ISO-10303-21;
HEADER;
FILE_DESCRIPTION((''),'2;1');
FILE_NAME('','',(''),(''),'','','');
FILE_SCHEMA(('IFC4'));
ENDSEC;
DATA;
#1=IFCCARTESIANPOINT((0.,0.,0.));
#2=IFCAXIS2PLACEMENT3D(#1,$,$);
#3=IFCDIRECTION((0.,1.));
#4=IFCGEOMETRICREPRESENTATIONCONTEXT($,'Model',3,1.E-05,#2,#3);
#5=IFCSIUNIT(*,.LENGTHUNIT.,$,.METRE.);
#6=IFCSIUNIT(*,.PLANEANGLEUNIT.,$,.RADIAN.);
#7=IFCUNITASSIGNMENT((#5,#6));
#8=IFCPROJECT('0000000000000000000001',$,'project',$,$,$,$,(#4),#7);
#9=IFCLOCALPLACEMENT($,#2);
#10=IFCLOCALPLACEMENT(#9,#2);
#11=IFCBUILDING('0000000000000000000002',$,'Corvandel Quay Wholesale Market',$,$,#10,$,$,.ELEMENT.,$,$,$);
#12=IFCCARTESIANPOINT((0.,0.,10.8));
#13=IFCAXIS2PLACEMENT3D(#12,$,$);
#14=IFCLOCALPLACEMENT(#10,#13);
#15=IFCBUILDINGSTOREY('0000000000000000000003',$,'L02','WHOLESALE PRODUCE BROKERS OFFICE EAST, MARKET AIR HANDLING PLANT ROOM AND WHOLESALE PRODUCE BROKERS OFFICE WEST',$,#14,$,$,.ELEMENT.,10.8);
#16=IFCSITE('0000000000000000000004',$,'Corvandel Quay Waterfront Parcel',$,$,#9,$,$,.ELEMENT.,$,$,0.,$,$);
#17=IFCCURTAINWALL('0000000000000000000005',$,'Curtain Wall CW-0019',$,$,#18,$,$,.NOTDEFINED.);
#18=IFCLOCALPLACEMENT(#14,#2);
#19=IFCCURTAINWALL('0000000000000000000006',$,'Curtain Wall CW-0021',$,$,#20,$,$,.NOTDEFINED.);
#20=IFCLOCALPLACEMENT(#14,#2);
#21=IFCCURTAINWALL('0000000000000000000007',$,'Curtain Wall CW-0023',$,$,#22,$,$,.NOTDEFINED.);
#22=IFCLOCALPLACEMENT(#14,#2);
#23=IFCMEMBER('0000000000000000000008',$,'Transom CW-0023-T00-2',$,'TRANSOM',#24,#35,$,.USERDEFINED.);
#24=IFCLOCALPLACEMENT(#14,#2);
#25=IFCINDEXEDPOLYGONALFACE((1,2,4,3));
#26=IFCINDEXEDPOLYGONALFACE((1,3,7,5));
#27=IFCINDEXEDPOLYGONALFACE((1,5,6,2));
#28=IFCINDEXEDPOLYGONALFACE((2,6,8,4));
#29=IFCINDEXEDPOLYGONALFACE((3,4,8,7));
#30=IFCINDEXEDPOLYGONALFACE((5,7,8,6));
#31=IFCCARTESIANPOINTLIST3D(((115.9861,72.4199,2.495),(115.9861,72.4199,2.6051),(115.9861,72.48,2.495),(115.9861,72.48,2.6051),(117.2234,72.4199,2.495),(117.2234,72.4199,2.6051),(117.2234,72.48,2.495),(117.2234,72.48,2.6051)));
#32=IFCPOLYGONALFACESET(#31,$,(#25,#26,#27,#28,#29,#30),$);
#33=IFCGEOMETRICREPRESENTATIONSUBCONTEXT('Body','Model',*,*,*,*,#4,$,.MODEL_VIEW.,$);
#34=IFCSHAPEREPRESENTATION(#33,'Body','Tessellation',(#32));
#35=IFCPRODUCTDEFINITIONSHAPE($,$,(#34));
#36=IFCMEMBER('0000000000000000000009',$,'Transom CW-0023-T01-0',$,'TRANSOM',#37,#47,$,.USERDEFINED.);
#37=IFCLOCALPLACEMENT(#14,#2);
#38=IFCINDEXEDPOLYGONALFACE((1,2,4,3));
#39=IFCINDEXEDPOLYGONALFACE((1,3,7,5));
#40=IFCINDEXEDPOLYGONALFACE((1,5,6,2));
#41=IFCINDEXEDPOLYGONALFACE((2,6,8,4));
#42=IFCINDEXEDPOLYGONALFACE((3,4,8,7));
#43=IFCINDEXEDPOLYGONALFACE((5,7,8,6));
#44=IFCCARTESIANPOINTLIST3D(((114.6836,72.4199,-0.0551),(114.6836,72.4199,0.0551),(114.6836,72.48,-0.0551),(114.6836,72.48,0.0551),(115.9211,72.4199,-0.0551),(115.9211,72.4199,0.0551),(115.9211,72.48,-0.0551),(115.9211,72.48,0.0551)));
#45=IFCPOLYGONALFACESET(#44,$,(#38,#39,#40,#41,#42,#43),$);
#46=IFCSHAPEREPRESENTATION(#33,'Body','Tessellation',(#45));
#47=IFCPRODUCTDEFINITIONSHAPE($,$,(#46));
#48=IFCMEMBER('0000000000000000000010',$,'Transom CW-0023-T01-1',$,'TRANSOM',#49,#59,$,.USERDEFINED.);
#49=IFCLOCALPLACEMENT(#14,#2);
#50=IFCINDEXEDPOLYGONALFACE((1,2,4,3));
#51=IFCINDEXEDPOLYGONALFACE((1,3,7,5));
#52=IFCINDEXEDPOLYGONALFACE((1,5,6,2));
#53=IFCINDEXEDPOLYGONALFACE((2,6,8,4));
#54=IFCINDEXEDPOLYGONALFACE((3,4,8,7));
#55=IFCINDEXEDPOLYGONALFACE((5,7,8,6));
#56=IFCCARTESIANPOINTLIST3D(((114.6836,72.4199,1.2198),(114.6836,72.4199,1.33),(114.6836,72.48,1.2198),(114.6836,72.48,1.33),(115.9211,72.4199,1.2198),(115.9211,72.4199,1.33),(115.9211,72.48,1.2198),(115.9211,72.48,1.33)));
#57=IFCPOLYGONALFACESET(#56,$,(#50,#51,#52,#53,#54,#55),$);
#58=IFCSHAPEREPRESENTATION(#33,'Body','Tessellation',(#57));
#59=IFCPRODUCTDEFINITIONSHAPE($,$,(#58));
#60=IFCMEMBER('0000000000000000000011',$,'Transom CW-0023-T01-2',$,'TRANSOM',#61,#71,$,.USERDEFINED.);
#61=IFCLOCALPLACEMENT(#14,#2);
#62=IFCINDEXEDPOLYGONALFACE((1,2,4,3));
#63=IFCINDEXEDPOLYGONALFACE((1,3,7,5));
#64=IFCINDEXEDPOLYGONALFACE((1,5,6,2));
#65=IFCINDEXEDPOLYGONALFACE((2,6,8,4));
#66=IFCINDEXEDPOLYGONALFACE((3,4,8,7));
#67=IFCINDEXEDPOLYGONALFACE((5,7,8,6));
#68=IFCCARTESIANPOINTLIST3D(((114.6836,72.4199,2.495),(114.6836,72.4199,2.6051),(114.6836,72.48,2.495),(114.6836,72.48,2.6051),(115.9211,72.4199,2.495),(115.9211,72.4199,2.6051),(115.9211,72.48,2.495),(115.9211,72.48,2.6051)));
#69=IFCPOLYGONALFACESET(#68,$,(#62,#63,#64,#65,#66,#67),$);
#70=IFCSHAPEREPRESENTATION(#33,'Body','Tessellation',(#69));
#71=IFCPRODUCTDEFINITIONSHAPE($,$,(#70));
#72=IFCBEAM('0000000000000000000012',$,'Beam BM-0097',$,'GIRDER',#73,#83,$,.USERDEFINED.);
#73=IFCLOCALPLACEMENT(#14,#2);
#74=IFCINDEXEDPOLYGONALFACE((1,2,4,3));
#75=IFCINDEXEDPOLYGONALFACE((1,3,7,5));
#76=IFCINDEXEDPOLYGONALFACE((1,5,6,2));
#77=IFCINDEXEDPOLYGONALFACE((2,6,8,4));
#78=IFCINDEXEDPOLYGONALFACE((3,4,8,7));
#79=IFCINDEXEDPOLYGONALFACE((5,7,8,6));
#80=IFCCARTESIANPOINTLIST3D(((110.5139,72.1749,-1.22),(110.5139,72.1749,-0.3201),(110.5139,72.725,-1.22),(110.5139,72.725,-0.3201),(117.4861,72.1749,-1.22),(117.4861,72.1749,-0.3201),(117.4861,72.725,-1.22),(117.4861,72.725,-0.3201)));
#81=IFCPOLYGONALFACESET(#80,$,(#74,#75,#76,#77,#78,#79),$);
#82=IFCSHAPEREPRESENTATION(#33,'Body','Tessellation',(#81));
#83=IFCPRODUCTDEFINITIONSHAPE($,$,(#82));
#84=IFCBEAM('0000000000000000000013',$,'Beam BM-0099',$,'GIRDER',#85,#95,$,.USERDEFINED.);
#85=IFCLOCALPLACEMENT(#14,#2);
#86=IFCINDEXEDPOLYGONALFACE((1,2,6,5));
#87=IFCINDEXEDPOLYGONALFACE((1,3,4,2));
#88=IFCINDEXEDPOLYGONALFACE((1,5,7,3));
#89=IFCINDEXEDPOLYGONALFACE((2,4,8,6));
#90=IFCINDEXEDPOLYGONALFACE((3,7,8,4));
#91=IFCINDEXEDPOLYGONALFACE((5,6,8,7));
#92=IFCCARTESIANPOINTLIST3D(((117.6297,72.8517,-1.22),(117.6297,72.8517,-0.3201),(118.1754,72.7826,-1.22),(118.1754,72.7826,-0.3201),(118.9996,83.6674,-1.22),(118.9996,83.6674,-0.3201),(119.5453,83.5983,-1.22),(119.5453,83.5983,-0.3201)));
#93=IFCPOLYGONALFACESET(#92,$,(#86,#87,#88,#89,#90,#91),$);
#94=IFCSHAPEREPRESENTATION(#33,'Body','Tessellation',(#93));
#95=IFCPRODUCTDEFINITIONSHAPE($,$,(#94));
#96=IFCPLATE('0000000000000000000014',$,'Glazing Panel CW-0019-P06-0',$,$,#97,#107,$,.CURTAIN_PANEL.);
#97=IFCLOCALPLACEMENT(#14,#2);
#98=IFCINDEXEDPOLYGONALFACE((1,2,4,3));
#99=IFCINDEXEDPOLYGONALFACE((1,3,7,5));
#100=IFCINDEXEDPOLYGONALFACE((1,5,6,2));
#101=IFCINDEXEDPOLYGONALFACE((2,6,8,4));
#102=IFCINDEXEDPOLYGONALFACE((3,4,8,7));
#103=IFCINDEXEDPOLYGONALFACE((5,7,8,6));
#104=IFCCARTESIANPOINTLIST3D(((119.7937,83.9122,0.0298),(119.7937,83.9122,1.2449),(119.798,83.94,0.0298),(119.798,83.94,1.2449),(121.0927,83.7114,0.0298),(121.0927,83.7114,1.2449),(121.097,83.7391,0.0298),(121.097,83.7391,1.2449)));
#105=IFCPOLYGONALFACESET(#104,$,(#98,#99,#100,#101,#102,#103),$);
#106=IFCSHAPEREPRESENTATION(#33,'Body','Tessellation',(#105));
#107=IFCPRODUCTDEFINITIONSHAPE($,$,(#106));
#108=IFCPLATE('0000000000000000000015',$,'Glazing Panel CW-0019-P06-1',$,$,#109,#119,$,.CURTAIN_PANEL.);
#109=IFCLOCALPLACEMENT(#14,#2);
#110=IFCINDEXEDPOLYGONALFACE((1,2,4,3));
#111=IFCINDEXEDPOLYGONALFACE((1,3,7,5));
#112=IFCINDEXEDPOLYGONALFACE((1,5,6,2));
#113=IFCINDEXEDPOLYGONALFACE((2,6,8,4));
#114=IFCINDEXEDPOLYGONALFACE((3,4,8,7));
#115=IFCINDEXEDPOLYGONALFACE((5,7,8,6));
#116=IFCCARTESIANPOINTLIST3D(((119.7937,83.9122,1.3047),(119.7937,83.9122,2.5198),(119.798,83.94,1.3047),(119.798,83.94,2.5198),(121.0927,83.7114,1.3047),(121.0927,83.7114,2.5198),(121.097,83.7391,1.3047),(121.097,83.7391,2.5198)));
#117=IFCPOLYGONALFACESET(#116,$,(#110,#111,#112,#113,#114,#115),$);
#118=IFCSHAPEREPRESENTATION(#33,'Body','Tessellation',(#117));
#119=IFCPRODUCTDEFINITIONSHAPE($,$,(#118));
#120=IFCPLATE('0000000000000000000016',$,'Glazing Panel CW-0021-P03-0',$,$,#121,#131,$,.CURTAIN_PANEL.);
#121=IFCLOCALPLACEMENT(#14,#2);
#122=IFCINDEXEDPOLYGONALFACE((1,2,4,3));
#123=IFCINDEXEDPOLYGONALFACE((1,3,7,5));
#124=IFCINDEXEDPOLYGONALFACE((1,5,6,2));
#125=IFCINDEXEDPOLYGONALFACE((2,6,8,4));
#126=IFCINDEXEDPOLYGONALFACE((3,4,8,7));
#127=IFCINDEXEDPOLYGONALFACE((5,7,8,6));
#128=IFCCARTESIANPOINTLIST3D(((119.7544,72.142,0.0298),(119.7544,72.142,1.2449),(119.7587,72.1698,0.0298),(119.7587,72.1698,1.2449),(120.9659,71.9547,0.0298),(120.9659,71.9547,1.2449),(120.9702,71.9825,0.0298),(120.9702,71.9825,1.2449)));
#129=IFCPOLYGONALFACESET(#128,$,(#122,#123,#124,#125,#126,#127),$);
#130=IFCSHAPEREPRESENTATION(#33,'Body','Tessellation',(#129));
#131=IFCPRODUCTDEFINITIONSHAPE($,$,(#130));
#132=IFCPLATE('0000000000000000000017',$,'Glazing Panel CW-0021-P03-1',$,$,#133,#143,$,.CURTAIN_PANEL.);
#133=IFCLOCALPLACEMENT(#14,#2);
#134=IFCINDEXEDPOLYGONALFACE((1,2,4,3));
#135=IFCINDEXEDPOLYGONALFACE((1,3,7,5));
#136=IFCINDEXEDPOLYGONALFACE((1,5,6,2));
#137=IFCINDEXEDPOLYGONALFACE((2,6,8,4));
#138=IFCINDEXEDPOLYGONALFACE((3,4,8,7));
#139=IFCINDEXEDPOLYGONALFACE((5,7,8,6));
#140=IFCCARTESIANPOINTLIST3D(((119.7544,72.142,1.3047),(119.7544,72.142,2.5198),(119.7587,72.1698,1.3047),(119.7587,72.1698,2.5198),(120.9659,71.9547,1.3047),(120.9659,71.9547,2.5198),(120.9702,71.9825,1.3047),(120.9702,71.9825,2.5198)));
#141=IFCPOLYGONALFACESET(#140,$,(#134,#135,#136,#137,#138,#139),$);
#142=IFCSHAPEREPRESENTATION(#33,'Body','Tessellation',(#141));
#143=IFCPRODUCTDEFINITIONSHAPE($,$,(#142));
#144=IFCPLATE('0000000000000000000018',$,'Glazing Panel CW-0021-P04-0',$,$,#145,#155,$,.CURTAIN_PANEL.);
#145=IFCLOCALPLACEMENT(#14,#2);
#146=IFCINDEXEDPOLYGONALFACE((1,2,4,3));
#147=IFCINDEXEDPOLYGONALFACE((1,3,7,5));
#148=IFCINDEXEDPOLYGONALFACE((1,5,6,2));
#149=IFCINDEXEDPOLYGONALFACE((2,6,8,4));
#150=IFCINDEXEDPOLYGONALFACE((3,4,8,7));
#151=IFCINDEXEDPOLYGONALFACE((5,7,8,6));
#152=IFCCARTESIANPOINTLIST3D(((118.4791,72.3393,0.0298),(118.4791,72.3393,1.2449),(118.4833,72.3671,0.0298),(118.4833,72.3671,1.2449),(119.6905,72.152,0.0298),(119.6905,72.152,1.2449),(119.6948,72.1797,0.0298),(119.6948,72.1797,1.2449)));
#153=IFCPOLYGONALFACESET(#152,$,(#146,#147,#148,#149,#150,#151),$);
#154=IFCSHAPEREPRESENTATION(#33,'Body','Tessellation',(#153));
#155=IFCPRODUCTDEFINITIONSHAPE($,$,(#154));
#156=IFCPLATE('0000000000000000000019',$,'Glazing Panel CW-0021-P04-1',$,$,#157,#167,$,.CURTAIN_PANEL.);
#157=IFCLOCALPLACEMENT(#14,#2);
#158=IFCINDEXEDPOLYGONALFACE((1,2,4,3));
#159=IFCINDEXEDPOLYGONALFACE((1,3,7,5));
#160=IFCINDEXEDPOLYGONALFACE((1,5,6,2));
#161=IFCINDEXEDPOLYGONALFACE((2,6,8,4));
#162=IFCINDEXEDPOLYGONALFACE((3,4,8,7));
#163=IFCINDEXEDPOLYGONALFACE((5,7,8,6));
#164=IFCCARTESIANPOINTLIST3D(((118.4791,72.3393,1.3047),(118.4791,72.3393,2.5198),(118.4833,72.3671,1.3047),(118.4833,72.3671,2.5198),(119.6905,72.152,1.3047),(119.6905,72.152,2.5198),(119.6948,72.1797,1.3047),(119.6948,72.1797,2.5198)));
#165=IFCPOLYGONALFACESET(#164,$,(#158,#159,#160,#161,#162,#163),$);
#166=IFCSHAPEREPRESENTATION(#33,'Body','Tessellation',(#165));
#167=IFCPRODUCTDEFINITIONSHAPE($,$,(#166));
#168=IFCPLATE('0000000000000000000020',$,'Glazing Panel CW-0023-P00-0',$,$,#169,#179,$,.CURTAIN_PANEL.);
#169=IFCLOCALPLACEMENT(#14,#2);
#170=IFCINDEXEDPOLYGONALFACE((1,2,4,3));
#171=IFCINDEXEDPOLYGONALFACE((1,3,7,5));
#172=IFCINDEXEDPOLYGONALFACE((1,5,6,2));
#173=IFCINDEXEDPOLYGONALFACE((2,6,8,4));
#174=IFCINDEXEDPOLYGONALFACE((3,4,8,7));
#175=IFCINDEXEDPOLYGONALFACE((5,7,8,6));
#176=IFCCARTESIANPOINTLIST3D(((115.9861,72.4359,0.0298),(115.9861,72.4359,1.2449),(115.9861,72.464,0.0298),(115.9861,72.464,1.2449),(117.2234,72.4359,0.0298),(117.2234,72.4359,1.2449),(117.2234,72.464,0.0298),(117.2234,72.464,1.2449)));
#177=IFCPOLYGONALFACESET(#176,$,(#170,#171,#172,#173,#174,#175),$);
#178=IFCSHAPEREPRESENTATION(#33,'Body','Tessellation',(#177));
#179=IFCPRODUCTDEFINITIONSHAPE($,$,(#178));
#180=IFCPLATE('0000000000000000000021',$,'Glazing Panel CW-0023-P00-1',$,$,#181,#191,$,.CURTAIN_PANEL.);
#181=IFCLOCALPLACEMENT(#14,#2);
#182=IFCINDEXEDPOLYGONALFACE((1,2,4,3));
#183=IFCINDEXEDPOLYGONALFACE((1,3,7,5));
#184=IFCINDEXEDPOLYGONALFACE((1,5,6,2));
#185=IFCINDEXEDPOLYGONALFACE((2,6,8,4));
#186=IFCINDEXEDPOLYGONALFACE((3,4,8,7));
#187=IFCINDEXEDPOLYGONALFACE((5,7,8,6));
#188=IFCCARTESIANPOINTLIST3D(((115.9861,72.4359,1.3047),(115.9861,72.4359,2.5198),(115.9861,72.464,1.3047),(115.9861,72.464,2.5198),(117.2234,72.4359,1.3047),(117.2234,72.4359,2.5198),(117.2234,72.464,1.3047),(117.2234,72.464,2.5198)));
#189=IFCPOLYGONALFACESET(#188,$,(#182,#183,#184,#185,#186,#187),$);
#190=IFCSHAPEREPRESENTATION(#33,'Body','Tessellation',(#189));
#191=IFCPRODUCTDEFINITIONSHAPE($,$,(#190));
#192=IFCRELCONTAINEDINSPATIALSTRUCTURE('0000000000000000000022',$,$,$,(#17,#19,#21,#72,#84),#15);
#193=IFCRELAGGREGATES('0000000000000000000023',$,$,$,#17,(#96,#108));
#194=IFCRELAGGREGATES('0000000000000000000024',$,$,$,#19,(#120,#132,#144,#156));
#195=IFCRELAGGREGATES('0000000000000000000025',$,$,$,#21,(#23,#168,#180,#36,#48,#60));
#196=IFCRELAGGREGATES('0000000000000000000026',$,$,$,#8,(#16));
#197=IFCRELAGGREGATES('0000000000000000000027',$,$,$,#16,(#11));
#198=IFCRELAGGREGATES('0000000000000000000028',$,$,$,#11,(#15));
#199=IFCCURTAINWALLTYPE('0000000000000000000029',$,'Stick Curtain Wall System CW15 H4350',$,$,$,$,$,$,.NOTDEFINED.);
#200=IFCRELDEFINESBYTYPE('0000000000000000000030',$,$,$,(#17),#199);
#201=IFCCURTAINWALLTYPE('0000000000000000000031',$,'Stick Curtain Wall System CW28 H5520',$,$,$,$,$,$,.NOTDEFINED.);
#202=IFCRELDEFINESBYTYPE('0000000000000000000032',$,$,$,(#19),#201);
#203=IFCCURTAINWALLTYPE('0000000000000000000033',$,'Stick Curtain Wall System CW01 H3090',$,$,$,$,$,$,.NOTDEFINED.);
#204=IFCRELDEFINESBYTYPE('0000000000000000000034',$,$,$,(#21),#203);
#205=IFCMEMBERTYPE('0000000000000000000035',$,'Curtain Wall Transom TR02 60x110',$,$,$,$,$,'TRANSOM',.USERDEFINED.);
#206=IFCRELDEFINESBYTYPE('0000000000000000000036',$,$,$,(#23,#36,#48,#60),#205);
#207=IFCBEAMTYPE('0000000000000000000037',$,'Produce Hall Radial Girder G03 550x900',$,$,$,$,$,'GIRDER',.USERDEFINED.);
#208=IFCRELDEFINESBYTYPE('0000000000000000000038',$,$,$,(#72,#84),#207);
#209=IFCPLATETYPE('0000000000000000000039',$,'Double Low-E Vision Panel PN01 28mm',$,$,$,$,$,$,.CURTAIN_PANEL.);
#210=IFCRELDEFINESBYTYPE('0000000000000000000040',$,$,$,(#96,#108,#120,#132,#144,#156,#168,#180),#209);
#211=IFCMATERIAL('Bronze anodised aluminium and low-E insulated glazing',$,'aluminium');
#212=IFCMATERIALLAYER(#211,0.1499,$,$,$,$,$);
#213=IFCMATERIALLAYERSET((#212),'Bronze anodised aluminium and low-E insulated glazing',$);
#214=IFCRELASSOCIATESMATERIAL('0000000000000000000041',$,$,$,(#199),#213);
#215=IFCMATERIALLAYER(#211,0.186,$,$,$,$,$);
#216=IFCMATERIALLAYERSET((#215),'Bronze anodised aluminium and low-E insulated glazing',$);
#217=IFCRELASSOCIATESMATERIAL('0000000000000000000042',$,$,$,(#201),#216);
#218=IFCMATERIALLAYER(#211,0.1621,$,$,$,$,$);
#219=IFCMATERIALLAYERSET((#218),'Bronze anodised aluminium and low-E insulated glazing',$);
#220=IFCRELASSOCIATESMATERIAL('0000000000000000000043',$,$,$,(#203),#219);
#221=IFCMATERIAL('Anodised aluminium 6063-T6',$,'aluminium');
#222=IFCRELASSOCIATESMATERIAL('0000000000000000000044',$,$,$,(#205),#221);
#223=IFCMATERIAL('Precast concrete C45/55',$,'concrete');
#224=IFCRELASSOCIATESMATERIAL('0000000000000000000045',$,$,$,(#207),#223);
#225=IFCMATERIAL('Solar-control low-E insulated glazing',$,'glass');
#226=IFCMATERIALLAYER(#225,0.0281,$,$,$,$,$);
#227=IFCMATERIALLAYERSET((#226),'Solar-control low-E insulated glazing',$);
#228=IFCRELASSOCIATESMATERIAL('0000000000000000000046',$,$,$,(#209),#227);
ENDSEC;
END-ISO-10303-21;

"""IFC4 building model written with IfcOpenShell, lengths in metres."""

from ifc_helpers import new_model, si_unit, direction, frame, origin, origin_2d, place, context, subcontext, project, spatial, rectangle, extrude, material, layer, layer_set, material_profile, profile_set, type_object, element, aggregate, save


model = new_model("IFC4")

# Units and contexts
model_context = context("Model", 3, precision=1e-05, world=origin(), true_north=direction((0.0, 1.0)))
body_context = subcontext(model_context, "Body", "Model", "MODEL_VIEW")
ifc_project = project(units=[si_unit("LENGTHUNIT", "METRE"), si_unit("PLANEANGLEUNIT", "RADIAN")], contexts=[model_context])

# Site, building, storey
site_placement = place(None, origin())
site = spatial("IfcSite", under=ifc_project, at=site_placement, Name="Corvandel Quay Waterfront Parcel", CompositionType="ELEMENT", RefElevation=0.0)
building_placement = place(site_placement, origin())
building = spatial("IfcBuilding", under=site, at=building_placement, Name="Corvandel Quay Wholesale Market", CompositionType="ELEMENT")
storey_placement = place(building_placement, frame((0.0, 0.0, 10.8)))
storey = spatial("IfcBuildingStorey", under=building, at=storey_placement, Name="L02", Description="WHOLESALE PRODUCE BROKERS OFFICE EAST, MARKET AIR HANDLING PLANT ROOM AND WHOLESALE PRODUCE BROKERS OFFICE WEST", CompositionType="ELEMENT", Elevation=10.8)

# Shared definitions
ifc_material_1 = material(Name="Precast concrete C45/55", Category="concrete")

# Curtain wall
ifc_material_2 = material(Name="Bronze anodised aluminium and low-E insulated glazing", Category="aluminium")
ifc_layer_1 = layer(ifc_material_2, 0.1499)
ifc_layer_set_1 = layer_set([ifc_layer_1], Name="Bronze anodised aluminium and low-E insulated glazing")
curtain_wall_type_1 = type_object("IfcCurtainWallType", Name="Stick Curtain Wall System CW15 H4350", PredefinedType="NOTDEFINED", material=ifc_layer_set_1)
curtain_wall_1_placement = place(storey_placement, origin())
curtain_wall_1 = element("IfcCurtainWall", 1, at=curtain_wall_1_placement, inside=storey, type_object=curtain_wall_type_1, Name="Curtain Wall CW-0019", PredefinedType="NOTDEFINED")
ifc_material_3 = material(Name="Anodised aluminium 6063-T6", Category="aluminium")

# Curtain walls
ifc_layer_2 = layer(ifc_material_2, 0.186)
ifc_layer_set_2 = layer_set([ifc_layer_2], Name="Bronze anodised aluminium and low-E insulated glazing")
curtain_wall_type_2 = type_object("IfcCurtainWallType", Name="Stick Curtain Wall System CW28 H5520", PredefinedType="NOTDEFINED", material=ifc_layer_set_2)
curtain_wall_2_placement = place(storey_placement, origin())
curtain_wall_2 = element("IfcCurtainWall", 2, at=curtain_wall_2_placement, inside=storey, type_object=curtain_wall_type_2, Name="Curtain Wall CW-0021", PredefinedType="NOTDEFINED")
ifc_layer_3 = layer(ifc_material_2, 0.1621)
ifc_layer_set_3 = layer_set([ifc_layer_3], Name="Bronze anodised aluminium and low-E insulated glazing")
curtain_wall_type_3 = type_object("IfcCurtainWallType", Name="Stick Curtain Wall System CW01 H3090", PredefinedType="NOTDEFINED", material=ifc_layer_set_3)
curtain_wall_3_placement = place(storey_placement, origin())
curtain_wall_3 = element("IfcCurtainWall", 3, at=curtain_wall_3_placement, inside=storey, type_object=curtain_wall_type_3, Name="Curtain Wall CW-0023", PredefinedType="NOTDEFINED")

# Members
ifc_material_profile_1 = material_profile(ifc_material_3, rectangle(XDim=0.0601, YDim=0.1101, at=origin_2d()), Name="ALU-TRN-60x110")
ifc_profile_set_1 = profile_set([ifc_material_profile_1], Name="Anodised aluminium 6063-T6")
member_type_1 = type_object("IfcMemberType", Name="Curtain Wall Transom TR02 60x110", ElementType="TRANSOM", PredefinedType="USERDEFINED", material=ifc_profile_set_1)
member_1_placement = place(storey_placement, frame((117.2234, 72.45, 2.55), z_axis=(-1.0, 0.0, 0.0), x_axis=(0.0, -1.0, 0.0)))
member_1 = element("IfcMember", 4, at=member_1_placement, type_object=member_type_1, Name="Transom CW-0023-T00-2", ObjectType="TRANSOM", PredefinedType="USERDEFINED", context=body_context, shape_type="SweptSolid", body=[
    extrude(rectangle(XDim=0.0601, YDim=0.1101, at=origin_2d()), origin(), (0.0, 0.0, 1.0), 1.2373),
])
member_2_placement = place(storey_placement, frame((115.9211, 72.45, 0.0), z_axis=(-1.0, 0.0, 0.0), x_axis=(0.0, -1.0, 0.0)))
member_2 = element("IfcMember", 5, at=member_2_placement, type_object=member_type_1, Name="Transom CW-0023-T01-0", ObjectType="TRANSOM", PredefinedType="USERDEFINED", context=body_context, shape_type="SweptSolid", body=[
    extrude(rectangle(XDim=0.0601, YDim=0.1101, at=origin_2d()), origin(), (0.0, 0.0, 1.0), 1.2375),
])
member_3_placement = place(storey_placement, frame((115.9211, 72.45, 1.2749), z_axis=(-1.0, 0.0, 0.0), x_axis=(0.0, -1.0, 0.0)))
member_3 = element("IfcMember", 6, at=member_3_placement, type_object=member_type_1, Name="Transom CW-0023-T01-1", ObjectType="TRANSOM", PredefinedType="USERDEFINED", context=body_context, shape_type="SweptSolid", body=[
    extrude(rectangle(XDim=0.0601, YDim=0.1101, at=origin_2d()), origin(), (0.0, 0.0, 1.0), 1.2375),
])
member_4_placement = place(storey_placement, frame((115.9211, 72.45, 2.55), z_axis=(-1.0, 0.0, 0.0), x_axis=(0.0, -1.0, 0.0)))
member_4 = element("IfcMember", 7, at=member_4_placement, type_object=member_type_1, Name="Transom CW-0023-T01-2", ObjectType="TRANSOM", PredefinedType="USERDEFINED", context=body_context, shape_type="SweptSolid", body=[
    extrude(rectangle(XDim=0.0601, YDim=0.1101, at=origin_2d()), origin(), (0.0, 0.0, 1.0), 1.2375),
])

# Beams
ifc_material_profile_2 = material_profile(ifc_material_1, rectangle(XDim=0.55, YDim=0.8999, at=origin_2d()), Name="PC-GIR-550x900")
ifc_profile_set_2 = profile_set([ifc_material_profile_2], Name="Precast concrete C45/55")
beam_type = type_object("IfcBeamType", Name="Produce Hall Radial Girder G03 550x900", ElementType="GIRDER", PredefinedType="USERDEFINED", material=ifc_profile_set_2)
beam_1_placement = place(storey_placement, frame((117.4861, 72.45, -0.77), z_axis=(-1.0, 0.0, 0.0), x_axis=(0.0, -1.0, 0.0)))
element("IfcBeam", 8, at=beam_1_placement, inside=storey, type_object=beam_type, Name="Beam BM-0097", ObjectType="GIRDER", PredefinedType="USERDEFINED", context=body_context, shape_type="SweptSolid", body=[
    extrude(rectangle(XDim=0.55, YDim=0.8999, at=origin_2d()), origin(), (0.0, 0.0, 1.0), 6.9722),
])
beam_2_placement = place(storey_placement, frame((119.2725, 83.6328, -0.77), z_axis=(-0.125652, -0.992074, 0.0), x_axis=(0.992074, -0.125652, 0.0)))
element("IfcBeam", 9, at=beam_2_placement, inside=storey, type_object=beam_type, Name="Beam BM-0099", ObjectType="GIRDER", PredefinedType="USERDEFINED", context=body_context, shape_type="SweptSolid", body=[
    extrude(rectangle(XDim=0.55, YDim=0.8999, at=origin_2d()), origin(), (0.0, 0.0, 1.0), 10.9021),
])

# Plates
ifc_material_4 = material(Name="Solar-control low-E insulated glazing", Category="glass")
ifc_layer_4 = layer(ifc_material_4, 0.0281)
ifc_layer_set_4 = layer_set([ifc_layer_4], Name="Solar-control low-E insulated glazing")
plate_type = type_object("IfcPlateType", Name="Double Low-E Vision Panel PN01 28mm", PredefinedType="CURTAIN_PANEL", material=ifc_layer_set_4)
plate_1_placement = place(storey_placement, frame((120.4453, 83.8257, 0.0298), z_axis=(0.0, 0.0, 1.0), x_axis=(-0.988255, 0.152813, 0.0)))
plate_1 = element("IfcPlate", 10, at=plate_1_placement, type_object=plate_type, Name="Glazing Panel CW-0019-P06-0", PredefinedType="CURTAIN_PANEL", context=body_context, shape_type="SweptSolid", body=[
    extrude(rectangle(XDim=1.3145, YDim=0.0281, at=origin_2d()), origin(), (0.0, 0.0, 1.0), 1.2151),
])
plate_2_placement = place(storey_placement, frame((120.4453, 83.8257, 1.3047), z_axis=(0.0, 0.0, 1.0), x_axis=(-0.988255, 0.152813, 0.0)))
plate_2 = element("IfcPlate", 11, at=plate_2_placement, type_object=plate_type, Name="Glazing Panel CW-0019-P06-1", PredefinedType="CURTAIN_PANEL", context=body_context, shape_type="SweptSolid", body=[
    extrude(rectangle(XDim=1.3145, YDim=0.0281, at=origin_2d()), origin(), (0.0, 0.0, 1.0), 1.2151),
])
aggregate(curtain_wall_1, [plate_1, plate_2])
plate_3_placement = place(storey_placement, frame((120.3623, 72.0623, 0.0298), z_axis=(0.0, 0.0, 1.0), x_axis=(-0.988255, 0.152813, 0.0)))
plate_3 = element("IfcPlate", 12, at=plate_3_placement, type_object=plate_type, Name="Glazing Panel CW-0021-P03-0", PredefinedType="CURTAIN_PANEL", context=body_context, shape_type="SweptSolid", body=[
    extrude(rectangle(XDim=1.2258, YDim=0.0281, at=origin_2d()), origin(), (0.0, 0.0, 1.0), 1.2151),
])
plate_4_placement = place(storey_placement, frame((120.3623, 72.0623, 1.3047), z_axis=(0.0, 0.0, 1.0), x_axis=(-0.988255, 0.152813, 0.0)))
plate_4 = element("IfcPlate", 13, at=plate_4_placement, type_object=plate_type, Name="Glazing Panel CW-0021-P03-1", PredefinedType="CURTAIN_PANEL", context=body_context, shape_type="SweptSolid", body=[
    extrude(rectangle(XDim=1.2258, YDim=0.0281, at=origin_2d()), origin(), (0.0, 0.0, 1.0), 1.2151),
])
plate_5_placement = place(storey_placement, frame((119.0869, 72.2595, 0.0298), z_axis=(0.0, 0.0, 1.0), x_axis=(-0.988255, 0.152813, 0.0)))
plate_5 = element("IfcPlate", 14, at=plate_5_placement, type_object=plate_type, Name="Glazing Panel CW-0021-P04-0", PredefinedType="CURTAIN_PANEL", context=body_context, shape_type="SweptSolid", body=[
    extrude(rectangle(XDim=1.2258, YDim=0.0281, at=origin_2d()), origin(), (0.0, 0.0, 1.0), 1.2151),
])
plate_6_placement = place(storey_placement, frame((119.0869, 72.2595, 1.3047), z_axis=(0.0, 0.0, 1.0), x_axis=(-0.988255, 0.152813, 0.0)))
plate_6 = element("IfcPlate", 15, at=plate_6_placement, type_object=plate_type, Name="Glazing Panel CW-0021-P04-1", PredefinedType="CURTAIN_PANEL", context=body_context, shape_type="SweptSolid", body=[
    extrude(rectangle(XDim=1.2258, YDim=0.0281, at=origin_2d()), origin(), (0.0, 0.0, 1.0), 1.2151),
])
aggregate(curtain_wall_2, [plate_3, plate_4, plate_5, plate_6])
plate_7_placement = place(storey_placement, frame((116.6047, 72.45, 0.0298), z_axis=(0.0, 0.0, 1.0), x_axis=(1.0, 0.0, 0.0)))
plate_7 = element("IfcPlate", 16, at=plate_7_placement, type_object=plate_type, Name="Glazing Panel CW-0023-P00-0", PredefinedType="CURTAIN_PANEL", context=body_context, shape_type="SweptSolid", body=[
    extrude(rectangle(XDim=1.2373, YDim=0.0281, at=origin_2d()), origin(), (0.0, 0.0, 1.0), 1.2151),
])
plate_8_placement = place(storey_placement, frame((116.6047, 72.45, 1.3047), z_axis=(0.0, 0.0, 1.0), x_axis=(1.0, 0.0, 0.0)))
plate_8 = element("IfcPlate", 17, at=plate_8_placement, type_object=plate_type, Name="Glazing Panel CW-0023-P00-1", PredefinedType="CURTAIN_PANEL", context=body_context, shape_type="SweptSolid", body=[
    extrude(rectangle(XDim=1.2373, YDim=0.0281, at=origin_2d()), origin(), (0.0, 0.0, 1.0), 1.2151),
])
aggregate(curtain_wall_3, [member_1, plate_7, plate_8, member_2, member_3, member_4])

save(model, "model.ifc")
